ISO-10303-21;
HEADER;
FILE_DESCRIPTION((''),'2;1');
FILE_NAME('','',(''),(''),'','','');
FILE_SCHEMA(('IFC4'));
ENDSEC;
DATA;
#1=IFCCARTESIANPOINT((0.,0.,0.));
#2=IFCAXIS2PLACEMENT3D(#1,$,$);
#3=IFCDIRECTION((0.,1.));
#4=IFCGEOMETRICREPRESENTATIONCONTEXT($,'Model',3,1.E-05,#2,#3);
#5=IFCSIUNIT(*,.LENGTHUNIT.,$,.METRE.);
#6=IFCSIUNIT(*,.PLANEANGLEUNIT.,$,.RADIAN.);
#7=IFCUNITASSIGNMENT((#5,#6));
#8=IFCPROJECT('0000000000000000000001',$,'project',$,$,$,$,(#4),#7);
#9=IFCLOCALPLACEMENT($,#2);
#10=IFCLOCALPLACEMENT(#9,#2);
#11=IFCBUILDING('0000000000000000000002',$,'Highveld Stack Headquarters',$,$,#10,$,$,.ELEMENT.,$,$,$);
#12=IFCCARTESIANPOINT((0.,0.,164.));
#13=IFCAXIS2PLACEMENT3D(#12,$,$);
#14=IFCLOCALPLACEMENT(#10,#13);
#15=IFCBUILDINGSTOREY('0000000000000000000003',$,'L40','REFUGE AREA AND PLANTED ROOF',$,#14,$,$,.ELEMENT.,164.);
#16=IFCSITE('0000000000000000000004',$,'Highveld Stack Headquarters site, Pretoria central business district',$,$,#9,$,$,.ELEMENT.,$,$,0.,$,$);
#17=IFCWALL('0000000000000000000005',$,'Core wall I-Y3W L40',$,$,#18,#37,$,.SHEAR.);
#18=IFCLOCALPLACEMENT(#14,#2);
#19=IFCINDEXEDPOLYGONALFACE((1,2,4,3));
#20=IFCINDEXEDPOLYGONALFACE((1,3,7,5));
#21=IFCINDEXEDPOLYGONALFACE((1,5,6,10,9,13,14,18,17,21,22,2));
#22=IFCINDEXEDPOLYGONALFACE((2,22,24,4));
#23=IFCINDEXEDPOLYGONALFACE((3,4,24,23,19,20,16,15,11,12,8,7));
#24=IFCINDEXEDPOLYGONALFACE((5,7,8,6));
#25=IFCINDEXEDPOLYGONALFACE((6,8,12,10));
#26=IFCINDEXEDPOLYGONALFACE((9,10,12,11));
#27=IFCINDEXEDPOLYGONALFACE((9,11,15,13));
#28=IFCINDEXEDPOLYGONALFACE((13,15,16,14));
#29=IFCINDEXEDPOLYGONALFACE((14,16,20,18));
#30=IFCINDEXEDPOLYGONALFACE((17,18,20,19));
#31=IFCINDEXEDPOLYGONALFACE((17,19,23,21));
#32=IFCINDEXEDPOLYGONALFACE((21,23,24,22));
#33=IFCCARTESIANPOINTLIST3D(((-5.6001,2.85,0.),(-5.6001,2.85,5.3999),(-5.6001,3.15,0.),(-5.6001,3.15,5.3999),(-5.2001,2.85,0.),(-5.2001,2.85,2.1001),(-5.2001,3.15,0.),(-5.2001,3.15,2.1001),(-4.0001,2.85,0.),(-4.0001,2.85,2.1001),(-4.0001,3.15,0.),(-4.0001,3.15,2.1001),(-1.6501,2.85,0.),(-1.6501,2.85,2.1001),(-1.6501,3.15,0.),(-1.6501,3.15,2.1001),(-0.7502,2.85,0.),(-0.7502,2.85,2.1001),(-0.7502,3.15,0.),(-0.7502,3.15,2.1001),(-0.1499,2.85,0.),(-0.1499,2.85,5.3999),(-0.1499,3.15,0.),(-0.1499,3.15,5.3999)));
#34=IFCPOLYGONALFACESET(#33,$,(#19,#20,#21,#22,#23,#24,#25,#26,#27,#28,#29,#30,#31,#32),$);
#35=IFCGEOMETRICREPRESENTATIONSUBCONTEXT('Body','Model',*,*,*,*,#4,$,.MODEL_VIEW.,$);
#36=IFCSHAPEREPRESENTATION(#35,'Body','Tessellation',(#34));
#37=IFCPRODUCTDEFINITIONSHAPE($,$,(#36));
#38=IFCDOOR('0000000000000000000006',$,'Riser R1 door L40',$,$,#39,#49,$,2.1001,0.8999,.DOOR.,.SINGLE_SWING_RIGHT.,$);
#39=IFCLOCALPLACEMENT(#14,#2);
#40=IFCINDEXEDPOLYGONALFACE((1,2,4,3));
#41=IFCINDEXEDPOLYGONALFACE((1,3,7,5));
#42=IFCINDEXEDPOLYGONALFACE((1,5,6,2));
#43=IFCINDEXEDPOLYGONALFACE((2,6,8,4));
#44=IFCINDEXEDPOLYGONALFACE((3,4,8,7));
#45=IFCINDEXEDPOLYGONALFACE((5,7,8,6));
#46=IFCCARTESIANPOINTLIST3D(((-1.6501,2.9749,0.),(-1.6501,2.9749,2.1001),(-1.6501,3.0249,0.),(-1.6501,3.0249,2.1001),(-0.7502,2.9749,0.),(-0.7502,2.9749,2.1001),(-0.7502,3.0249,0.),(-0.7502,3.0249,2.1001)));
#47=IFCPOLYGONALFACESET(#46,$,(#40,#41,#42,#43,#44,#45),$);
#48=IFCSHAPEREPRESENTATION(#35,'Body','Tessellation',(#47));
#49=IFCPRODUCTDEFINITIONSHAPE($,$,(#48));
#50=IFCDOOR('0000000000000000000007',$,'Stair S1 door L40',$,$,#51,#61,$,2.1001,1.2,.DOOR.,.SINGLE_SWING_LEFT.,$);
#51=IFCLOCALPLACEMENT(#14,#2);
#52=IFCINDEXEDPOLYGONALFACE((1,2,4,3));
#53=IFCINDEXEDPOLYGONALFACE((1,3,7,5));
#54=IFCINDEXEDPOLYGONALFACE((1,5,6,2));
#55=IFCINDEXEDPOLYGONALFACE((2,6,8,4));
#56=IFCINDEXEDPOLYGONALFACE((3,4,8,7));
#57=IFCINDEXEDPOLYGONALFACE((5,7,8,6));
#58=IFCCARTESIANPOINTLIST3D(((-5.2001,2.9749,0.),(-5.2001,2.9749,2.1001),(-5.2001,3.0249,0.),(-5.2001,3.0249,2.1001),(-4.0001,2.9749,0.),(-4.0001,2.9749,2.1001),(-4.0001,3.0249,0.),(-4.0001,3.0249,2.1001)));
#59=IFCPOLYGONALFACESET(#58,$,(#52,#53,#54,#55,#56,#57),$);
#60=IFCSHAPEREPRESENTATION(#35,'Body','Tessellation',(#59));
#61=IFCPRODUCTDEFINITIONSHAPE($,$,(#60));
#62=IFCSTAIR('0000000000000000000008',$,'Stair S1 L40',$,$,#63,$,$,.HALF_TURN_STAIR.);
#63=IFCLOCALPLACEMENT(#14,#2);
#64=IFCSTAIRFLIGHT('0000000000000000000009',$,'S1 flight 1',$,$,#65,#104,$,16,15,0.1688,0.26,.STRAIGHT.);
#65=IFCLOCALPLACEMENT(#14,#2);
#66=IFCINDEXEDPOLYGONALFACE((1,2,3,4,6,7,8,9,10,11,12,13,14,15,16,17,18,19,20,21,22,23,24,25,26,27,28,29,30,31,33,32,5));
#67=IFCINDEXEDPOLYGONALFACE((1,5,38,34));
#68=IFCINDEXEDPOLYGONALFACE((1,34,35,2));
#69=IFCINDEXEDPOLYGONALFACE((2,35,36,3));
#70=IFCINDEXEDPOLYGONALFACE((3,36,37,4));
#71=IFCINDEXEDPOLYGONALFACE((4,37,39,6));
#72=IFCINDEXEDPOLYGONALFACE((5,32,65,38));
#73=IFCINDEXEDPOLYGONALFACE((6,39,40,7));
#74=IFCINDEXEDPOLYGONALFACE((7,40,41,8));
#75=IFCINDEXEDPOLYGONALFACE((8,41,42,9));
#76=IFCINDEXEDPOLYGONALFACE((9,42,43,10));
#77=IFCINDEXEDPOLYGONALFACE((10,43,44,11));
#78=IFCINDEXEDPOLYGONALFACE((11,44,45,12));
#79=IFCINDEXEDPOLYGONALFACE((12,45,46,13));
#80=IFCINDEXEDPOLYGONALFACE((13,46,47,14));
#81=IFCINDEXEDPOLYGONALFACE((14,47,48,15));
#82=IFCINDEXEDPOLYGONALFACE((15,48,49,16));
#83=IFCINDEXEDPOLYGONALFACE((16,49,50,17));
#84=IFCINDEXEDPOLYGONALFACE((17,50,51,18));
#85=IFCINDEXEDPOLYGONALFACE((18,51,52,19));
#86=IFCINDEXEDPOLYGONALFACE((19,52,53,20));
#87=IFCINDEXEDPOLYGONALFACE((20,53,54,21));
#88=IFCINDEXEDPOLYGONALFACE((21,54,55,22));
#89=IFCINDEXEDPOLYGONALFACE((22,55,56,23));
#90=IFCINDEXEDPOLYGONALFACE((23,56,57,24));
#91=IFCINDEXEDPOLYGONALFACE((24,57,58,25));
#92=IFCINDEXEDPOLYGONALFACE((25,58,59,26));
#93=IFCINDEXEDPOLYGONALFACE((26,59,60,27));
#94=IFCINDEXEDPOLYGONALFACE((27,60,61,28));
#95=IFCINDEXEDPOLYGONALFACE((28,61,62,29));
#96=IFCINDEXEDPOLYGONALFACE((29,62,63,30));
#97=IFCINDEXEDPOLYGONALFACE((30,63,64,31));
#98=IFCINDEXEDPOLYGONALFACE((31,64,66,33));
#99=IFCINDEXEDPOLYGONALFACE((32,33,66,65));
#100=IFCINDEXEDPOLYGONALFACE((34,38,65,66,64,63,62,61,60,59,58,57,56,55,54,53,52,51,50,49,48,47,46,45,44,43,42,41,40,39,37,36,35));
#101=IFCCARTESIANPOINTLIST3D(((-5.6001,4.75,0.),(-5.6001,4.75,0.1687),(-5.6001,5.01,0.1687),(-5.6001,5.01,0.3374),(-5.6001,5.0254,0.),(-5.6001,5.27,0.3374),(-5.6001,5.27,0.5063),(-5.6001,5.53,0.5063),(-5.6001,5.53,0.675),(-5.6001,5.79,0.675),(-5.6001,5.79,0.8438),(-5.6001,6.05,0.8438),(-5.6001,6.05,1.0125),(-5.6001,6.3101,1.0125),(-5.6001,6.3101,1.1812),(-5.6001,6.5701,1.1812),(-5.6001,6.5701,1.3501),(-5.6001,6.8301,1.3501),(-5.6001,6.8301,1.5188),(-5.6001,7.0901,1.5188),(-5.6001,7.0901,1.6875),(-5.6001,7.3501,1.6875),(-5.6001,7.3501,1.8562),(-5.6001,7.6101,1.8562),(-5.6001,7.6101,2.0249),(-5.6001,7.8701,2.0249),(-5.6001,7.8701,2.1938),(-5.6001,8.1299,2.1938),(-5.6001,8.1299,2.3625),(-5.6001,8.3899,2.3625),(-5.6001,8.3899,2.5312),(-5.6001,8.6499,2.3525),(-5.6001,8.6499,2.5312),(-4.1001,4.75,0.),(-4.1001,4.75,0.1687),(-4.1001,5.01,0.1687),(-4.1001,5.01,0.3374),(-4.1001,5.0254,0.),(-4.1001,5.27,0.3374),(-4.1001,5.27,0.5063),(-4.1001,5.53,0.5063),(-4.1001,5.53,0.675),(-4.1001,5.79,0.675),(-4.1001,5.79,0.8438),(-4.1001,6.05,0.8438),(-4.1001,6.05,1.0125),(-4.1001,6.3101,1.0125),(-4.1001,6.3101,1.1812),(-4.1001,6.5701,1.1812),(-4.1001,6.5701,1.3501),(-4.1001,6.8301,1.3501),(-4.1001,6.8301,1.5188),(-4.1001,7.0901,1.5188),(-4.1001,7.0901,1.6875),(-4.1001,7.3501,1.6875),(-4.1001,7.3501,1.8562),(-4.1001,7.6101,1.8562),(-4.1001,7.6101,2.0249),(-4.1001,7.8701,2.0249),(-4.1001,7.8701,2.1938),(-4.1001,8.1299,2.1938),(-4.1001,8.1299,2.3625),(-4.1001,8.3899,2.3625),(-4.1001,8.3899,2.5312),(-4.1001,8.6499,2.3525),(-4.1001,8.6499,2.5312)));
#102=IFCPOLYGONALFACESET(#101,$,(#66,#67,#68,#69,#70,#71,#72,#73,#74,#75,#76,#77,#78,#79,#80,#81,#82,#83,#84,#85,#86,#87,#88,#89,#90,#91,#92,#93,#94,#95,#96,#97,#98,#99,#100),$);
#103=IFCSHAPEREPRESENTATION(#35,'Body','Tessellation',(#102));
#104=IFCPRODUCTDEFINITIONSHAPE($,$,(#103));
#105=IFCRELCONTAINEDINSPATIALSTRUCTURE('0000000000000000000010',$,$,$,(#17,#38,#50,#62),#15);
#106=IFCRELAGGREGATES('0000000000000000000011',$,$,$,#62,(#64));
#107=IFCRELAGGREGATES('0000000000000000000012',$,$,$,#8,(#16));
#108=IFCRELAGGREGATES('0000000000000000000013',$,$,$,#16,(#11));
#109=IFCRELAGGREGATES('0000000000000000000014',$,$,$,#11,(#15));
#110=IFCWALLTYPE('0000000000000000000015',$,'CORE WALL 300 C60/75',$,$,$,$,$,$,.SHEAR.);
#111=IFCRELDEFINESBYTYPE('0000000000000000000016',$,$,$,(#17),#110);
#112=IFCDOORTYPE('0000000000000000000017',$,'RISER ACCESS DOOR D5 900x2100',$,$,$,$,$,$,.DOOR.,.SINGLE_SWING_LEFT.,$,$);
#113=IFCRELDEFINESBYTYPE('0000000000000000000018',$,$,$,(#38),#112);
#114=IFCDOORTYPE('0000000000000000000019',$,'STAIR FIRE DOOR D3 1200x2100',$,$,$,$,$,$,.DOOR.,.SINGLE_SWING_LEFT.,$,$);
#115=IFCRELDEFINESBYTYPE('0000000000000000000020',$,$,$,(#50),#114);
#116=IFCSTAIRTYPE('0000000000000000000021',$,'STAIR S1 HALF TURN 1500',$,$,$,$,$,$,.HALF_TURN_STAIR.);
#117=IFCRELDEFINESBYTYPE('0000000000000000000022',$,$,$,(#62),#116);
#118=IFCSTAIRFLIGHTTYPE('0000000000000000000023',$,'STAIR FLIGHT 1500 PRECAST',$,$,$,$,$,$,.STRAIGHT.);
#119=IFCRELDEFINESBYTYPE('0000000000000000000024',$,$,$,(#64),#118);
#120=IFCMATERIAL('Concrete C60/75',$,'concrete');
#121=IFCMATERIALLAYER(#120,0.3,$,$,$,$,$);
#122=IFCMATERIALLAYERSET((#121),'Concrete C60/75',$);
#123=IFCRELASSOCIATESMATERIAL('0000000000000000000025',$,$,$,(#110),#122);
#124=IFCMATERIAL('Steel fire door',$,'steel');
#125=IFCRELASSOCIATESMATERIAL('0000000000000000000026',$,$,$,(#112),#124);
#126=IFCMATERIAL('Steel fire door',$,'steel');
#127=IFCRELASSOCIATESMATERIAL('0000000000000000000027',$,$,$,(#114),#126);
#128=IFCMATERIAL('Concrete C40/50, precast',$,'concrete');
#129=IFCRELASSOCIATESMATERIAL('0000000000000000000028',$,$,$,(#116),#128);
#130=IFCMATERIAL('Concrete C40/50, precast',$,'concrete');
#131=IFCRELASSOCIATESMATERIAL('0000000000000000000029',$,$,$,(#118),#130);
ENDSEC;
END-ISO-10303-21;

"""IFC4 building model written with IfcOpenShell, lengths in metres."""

from ifc_helpers import new_model, si_unit, direction, frame, frame_2d, origin, place, context, subcontext, project, spatial, polyline, rectangle, outline, extrude, material, layer, layer_set, type_object, element, fill, aggregate, save


model = new_model("IFC4")

# Units and contexts
model_context = context("Model", 3, precision=1e-05, world=origin(), true_north=direction((0.0, 1.0)))
body_context = subcontext(model_context, "Body", "Model", "MODEL_VIEW")
ifc_project = project(units=[si_unit("LENGTHUNIT", "METRE"), si_unit("PLANEANGLEUNIT", "RADIAN")], contexts=[model_context])

# Site, building, storey
site_placement = place(None, origin())
site = spatial("IfcSite", under=ifc_project, at=site_placement, Name="Highveld Stack Headquarters site, Pretoria central business district", CompositionType="ELEMENT", RefElevation=0.0)
building_placement = place(site_placement, origin())
building = spatial("IfcBuilding", under=site, at=building_placement, Name="Highveld Stack Headquarters", CompositionType="ELEMENT")
storey_placement = place(building_placement, frame((0.0, 0.0, 164.0)))
storey = spatial("IfcBuildingStorey", under=building, at=storey_placement, Name="L40", Description="REFUGE AREA AND PLANTED ROOF", CompositionType="ELEMENT", Elevation=164.0)

# Wall, openings, doors
ifc_material_1 = material(Name="Concrete C60/75", Category="concrete")
ifc_layer_1 = layer(ifc_material_1, 0.3)
ifc_layer_set_1 = layer_set([ifc_layer_1], Name="Concrete C60/75")
wall_type_1 = type_object("IfcWallType", Name="CORE WALL 300 C60/75", PredefinedType="SHEAR", material=ifc_layer_set_1)
wall_1_placement = place(storey_placement, frame((-5.6001, 3.0, 0.0), z_axis=(0.0, 0.0, 1.0), x_axis=(1.0, 0.0, 0.0)))
wall_1 = element("IfcWall", 1, at=wall_1_placement, inside=storey, type_object=wall_type_1, Name="Core wall I-Y3W L40", PredefinedType="SHEAR", context=body_context, shape_type="SweptSolid", body=[
    extrude(rectangle(XDim=5.4502, YDim=0.3, at=frame_2d((2.7251, 0.0))), origin(), (0.0, 0.0, 1.0), 5.3999),
])
opening_1_placement = place(wall_1_placement, frame((0.3999, 0.0, 0.0)))
opening_1 = element("IfcOpeningElement", 2, at=opening_1_placement, cuts=wall_1, PredefinedType="OPENING", context=body_context, shape_type="SweptSolid", body=[
    extrude(rectangle(XDim=1.2, YDim=2.1001, at=frame_2d((0.6001, 1.05))), frame((0.0, 0.1599, 0.0), z_axis=(0.0, -1.0, 0.0), x_axis=(1.0, 0.0, 0.0)), (0.0, 0.0, 1.0), 0.3201),
])
opening_2_placement = place(wall_1_placement, frame((3.95, 0.0, 0.0)))
opening_2 = element("IfcOpeningElement", 3, at=opening_2_placement, cuts=wall_1, PredefinedType="OPENING", context=body_context, shape_type="SweptSolid", body=[
    extrude(rectangle(XDim=0.8999, YDim=2.1001, at=frame_2d((0.45, 1.05))), frame((0.0, 0.1599, 0.0), z_axis=(0.0, -1.0, 0.0), x_axis=(1.0, 0.0, 0.0)), (0.0, 0.0, 1.0), 0.3201),
])
ifc_material_2 = material(Name="Steel fire door", Category="steel")
door_type_1 = type_object("IfcDoorType", Name="RISER ACCESS DOOR D5 900x2100", OperationType="SINGLE_SWING_LEFT", PredefinedType="DOOR", material=ifc_material_2)
door_1_placement = place(opening_2_placement, origin())
door_1 = element("IfcDoor", 4, at=door_1_placement, inside=storey, type_object=door_type_1, Name="Riser R1 door L40", OperationType="SINGLE_SWING_RIGHT", OverallHeight=2.1001, OverallWidth=0.8999, PredefinedType="DOOR", context=body_context, shape_type="SweptSolid", body=[
    extrude(rectangle(XDim=0.8999, YDim=2.1001, at=frame_2d((0.45, 1.05))), frame((0.0, 0.0249, 0.0), z_axis=(0.0, -1.0, 0.0), x_axis=(1.0, 0.0, 0.0)), (0.0, 0.0, 1.0), 0.05),
])
fill(opening_2, door_1)
ifc_material_3 = material(Name="Steel fire door", Category="steel")
door_type_2 = type_object("IfcDoorType", Name="STAIR FIRE DOOR D3 1200x2100", OperationType="SINGLE_SWING_LEFT", PredefinedType="DOOR", material=ifc_material_3)
door_2_placement = place(opening_1_placement, origin())
door_2 = element("IfcDoor", 5, at=door_2_placement, inside=storey, type_object=door_type_2, Name="Stair S1 door L40", OperationType="SINGLE_SWING_LEFT", OverallHeight=2.1001, OverallWidth=1.2, PredefinedType="DOOR", context=body_context, shape_type="SweptSolid", body=[
    extrude(rectangle(XDim=1.2, YDim=2.1001, at=frame_2d((0.6001, 1.05))), frame((0.0, 0.0249, 0.0), z_axis=(0.0, -1.0, 0.0), x_axis=(1.0, 0.0, 0.0)), (0.0, 0.0, 1.0), 0.05),
])
fill(opening_1, door_2)

# Stair, stair flight
ifc_material_4 = material(Name="Concrete C40/50, precast", Category="concrete")
stair_type = type_object("IfcStairType", Name="STAIR S1 HALF TURN 1500", PredefinedType="HALF_TURN_STAIR", material=ifc_material_4)
stair_placement = place(storey_placement, origin())
stair = element("IfcStair", 6, at=stair_placement, inside=storey, type_object=stair_type, Name="Stair S1 L40", PredefinedType="HALF_TURN_STAIR")
ifc_material_5 = material(Name="Concrete C40/50, precast", Category="concrete")
stair_flight_type = type_object("IfcStairFlightType", Name="STAIR FLIGHT 1500 PRECAST", PredefinedType="STRAIGHT", material=ifc_material_5)
stair_flight_placement = place(storey_placement, frame((-4.8501, 4.75, 0.0), z_axis=(0.0, 0.0, 1.0), x_axis=(0.0, 1.0, 0.0)))
stair_flight = element("IfcStairFlight", 7, at=stair_flight_placement, type_object=stair_flight_type, Name="S1 flight 1", NumberOfRisers=16, NumberOfTreads=15, PredefinedType="STRAIGHT", RiserHeight=0.1688, TreadLength=0.26, context=body_context, shape_type="SweptSolid", body=[
    extrude(outline(polyline([(0.0, 0.0), (0.0, 0.1687), (0.26, 0.1687), (0.26, 0.3374), (0.52, 0.3374), (0.52, 0.5063), (0.78, 0.5063), (0.78, 0.675), (1.04, 0.675), (1.04, 0.8438), (1.3, 0.8438), (1.3, 1.0125), (1.5601, 1.0125), (1.5601, 1.1812), (1.8201, 1.1812), (1.8201, 1.3501), (2.0801, 1.3501), (2.0801, 1.5188), (2.3401, 1.5188), (2.3401, 1.6875), (2.6001, 1.6875), (2.6001, 1.8562), (2.8601, 1.8562), (2.8601, 2.0249), (3.1201, 2.0249), (3.1201, 2.1938), (3.3799, 2.1938), (3.3799, 2.3625), (3.6399, 2.3625), (3.6399, 2.5312), (3.8999, 2.5312), (3.8999, 2.7), (3.8999, 2.3525), (0.2754, 0.0), (0.0, 0.0)])), frame((0.0, 0.75, 0.0), z_axis=(0.0, -1.0, 0.0), x_axis=(1.0, 0.0, 0.0)), (0.0, 0.0, 1.0), 1.5),
])
aggregate(stair, [stair_flight])

save(model, "model.ifc")
